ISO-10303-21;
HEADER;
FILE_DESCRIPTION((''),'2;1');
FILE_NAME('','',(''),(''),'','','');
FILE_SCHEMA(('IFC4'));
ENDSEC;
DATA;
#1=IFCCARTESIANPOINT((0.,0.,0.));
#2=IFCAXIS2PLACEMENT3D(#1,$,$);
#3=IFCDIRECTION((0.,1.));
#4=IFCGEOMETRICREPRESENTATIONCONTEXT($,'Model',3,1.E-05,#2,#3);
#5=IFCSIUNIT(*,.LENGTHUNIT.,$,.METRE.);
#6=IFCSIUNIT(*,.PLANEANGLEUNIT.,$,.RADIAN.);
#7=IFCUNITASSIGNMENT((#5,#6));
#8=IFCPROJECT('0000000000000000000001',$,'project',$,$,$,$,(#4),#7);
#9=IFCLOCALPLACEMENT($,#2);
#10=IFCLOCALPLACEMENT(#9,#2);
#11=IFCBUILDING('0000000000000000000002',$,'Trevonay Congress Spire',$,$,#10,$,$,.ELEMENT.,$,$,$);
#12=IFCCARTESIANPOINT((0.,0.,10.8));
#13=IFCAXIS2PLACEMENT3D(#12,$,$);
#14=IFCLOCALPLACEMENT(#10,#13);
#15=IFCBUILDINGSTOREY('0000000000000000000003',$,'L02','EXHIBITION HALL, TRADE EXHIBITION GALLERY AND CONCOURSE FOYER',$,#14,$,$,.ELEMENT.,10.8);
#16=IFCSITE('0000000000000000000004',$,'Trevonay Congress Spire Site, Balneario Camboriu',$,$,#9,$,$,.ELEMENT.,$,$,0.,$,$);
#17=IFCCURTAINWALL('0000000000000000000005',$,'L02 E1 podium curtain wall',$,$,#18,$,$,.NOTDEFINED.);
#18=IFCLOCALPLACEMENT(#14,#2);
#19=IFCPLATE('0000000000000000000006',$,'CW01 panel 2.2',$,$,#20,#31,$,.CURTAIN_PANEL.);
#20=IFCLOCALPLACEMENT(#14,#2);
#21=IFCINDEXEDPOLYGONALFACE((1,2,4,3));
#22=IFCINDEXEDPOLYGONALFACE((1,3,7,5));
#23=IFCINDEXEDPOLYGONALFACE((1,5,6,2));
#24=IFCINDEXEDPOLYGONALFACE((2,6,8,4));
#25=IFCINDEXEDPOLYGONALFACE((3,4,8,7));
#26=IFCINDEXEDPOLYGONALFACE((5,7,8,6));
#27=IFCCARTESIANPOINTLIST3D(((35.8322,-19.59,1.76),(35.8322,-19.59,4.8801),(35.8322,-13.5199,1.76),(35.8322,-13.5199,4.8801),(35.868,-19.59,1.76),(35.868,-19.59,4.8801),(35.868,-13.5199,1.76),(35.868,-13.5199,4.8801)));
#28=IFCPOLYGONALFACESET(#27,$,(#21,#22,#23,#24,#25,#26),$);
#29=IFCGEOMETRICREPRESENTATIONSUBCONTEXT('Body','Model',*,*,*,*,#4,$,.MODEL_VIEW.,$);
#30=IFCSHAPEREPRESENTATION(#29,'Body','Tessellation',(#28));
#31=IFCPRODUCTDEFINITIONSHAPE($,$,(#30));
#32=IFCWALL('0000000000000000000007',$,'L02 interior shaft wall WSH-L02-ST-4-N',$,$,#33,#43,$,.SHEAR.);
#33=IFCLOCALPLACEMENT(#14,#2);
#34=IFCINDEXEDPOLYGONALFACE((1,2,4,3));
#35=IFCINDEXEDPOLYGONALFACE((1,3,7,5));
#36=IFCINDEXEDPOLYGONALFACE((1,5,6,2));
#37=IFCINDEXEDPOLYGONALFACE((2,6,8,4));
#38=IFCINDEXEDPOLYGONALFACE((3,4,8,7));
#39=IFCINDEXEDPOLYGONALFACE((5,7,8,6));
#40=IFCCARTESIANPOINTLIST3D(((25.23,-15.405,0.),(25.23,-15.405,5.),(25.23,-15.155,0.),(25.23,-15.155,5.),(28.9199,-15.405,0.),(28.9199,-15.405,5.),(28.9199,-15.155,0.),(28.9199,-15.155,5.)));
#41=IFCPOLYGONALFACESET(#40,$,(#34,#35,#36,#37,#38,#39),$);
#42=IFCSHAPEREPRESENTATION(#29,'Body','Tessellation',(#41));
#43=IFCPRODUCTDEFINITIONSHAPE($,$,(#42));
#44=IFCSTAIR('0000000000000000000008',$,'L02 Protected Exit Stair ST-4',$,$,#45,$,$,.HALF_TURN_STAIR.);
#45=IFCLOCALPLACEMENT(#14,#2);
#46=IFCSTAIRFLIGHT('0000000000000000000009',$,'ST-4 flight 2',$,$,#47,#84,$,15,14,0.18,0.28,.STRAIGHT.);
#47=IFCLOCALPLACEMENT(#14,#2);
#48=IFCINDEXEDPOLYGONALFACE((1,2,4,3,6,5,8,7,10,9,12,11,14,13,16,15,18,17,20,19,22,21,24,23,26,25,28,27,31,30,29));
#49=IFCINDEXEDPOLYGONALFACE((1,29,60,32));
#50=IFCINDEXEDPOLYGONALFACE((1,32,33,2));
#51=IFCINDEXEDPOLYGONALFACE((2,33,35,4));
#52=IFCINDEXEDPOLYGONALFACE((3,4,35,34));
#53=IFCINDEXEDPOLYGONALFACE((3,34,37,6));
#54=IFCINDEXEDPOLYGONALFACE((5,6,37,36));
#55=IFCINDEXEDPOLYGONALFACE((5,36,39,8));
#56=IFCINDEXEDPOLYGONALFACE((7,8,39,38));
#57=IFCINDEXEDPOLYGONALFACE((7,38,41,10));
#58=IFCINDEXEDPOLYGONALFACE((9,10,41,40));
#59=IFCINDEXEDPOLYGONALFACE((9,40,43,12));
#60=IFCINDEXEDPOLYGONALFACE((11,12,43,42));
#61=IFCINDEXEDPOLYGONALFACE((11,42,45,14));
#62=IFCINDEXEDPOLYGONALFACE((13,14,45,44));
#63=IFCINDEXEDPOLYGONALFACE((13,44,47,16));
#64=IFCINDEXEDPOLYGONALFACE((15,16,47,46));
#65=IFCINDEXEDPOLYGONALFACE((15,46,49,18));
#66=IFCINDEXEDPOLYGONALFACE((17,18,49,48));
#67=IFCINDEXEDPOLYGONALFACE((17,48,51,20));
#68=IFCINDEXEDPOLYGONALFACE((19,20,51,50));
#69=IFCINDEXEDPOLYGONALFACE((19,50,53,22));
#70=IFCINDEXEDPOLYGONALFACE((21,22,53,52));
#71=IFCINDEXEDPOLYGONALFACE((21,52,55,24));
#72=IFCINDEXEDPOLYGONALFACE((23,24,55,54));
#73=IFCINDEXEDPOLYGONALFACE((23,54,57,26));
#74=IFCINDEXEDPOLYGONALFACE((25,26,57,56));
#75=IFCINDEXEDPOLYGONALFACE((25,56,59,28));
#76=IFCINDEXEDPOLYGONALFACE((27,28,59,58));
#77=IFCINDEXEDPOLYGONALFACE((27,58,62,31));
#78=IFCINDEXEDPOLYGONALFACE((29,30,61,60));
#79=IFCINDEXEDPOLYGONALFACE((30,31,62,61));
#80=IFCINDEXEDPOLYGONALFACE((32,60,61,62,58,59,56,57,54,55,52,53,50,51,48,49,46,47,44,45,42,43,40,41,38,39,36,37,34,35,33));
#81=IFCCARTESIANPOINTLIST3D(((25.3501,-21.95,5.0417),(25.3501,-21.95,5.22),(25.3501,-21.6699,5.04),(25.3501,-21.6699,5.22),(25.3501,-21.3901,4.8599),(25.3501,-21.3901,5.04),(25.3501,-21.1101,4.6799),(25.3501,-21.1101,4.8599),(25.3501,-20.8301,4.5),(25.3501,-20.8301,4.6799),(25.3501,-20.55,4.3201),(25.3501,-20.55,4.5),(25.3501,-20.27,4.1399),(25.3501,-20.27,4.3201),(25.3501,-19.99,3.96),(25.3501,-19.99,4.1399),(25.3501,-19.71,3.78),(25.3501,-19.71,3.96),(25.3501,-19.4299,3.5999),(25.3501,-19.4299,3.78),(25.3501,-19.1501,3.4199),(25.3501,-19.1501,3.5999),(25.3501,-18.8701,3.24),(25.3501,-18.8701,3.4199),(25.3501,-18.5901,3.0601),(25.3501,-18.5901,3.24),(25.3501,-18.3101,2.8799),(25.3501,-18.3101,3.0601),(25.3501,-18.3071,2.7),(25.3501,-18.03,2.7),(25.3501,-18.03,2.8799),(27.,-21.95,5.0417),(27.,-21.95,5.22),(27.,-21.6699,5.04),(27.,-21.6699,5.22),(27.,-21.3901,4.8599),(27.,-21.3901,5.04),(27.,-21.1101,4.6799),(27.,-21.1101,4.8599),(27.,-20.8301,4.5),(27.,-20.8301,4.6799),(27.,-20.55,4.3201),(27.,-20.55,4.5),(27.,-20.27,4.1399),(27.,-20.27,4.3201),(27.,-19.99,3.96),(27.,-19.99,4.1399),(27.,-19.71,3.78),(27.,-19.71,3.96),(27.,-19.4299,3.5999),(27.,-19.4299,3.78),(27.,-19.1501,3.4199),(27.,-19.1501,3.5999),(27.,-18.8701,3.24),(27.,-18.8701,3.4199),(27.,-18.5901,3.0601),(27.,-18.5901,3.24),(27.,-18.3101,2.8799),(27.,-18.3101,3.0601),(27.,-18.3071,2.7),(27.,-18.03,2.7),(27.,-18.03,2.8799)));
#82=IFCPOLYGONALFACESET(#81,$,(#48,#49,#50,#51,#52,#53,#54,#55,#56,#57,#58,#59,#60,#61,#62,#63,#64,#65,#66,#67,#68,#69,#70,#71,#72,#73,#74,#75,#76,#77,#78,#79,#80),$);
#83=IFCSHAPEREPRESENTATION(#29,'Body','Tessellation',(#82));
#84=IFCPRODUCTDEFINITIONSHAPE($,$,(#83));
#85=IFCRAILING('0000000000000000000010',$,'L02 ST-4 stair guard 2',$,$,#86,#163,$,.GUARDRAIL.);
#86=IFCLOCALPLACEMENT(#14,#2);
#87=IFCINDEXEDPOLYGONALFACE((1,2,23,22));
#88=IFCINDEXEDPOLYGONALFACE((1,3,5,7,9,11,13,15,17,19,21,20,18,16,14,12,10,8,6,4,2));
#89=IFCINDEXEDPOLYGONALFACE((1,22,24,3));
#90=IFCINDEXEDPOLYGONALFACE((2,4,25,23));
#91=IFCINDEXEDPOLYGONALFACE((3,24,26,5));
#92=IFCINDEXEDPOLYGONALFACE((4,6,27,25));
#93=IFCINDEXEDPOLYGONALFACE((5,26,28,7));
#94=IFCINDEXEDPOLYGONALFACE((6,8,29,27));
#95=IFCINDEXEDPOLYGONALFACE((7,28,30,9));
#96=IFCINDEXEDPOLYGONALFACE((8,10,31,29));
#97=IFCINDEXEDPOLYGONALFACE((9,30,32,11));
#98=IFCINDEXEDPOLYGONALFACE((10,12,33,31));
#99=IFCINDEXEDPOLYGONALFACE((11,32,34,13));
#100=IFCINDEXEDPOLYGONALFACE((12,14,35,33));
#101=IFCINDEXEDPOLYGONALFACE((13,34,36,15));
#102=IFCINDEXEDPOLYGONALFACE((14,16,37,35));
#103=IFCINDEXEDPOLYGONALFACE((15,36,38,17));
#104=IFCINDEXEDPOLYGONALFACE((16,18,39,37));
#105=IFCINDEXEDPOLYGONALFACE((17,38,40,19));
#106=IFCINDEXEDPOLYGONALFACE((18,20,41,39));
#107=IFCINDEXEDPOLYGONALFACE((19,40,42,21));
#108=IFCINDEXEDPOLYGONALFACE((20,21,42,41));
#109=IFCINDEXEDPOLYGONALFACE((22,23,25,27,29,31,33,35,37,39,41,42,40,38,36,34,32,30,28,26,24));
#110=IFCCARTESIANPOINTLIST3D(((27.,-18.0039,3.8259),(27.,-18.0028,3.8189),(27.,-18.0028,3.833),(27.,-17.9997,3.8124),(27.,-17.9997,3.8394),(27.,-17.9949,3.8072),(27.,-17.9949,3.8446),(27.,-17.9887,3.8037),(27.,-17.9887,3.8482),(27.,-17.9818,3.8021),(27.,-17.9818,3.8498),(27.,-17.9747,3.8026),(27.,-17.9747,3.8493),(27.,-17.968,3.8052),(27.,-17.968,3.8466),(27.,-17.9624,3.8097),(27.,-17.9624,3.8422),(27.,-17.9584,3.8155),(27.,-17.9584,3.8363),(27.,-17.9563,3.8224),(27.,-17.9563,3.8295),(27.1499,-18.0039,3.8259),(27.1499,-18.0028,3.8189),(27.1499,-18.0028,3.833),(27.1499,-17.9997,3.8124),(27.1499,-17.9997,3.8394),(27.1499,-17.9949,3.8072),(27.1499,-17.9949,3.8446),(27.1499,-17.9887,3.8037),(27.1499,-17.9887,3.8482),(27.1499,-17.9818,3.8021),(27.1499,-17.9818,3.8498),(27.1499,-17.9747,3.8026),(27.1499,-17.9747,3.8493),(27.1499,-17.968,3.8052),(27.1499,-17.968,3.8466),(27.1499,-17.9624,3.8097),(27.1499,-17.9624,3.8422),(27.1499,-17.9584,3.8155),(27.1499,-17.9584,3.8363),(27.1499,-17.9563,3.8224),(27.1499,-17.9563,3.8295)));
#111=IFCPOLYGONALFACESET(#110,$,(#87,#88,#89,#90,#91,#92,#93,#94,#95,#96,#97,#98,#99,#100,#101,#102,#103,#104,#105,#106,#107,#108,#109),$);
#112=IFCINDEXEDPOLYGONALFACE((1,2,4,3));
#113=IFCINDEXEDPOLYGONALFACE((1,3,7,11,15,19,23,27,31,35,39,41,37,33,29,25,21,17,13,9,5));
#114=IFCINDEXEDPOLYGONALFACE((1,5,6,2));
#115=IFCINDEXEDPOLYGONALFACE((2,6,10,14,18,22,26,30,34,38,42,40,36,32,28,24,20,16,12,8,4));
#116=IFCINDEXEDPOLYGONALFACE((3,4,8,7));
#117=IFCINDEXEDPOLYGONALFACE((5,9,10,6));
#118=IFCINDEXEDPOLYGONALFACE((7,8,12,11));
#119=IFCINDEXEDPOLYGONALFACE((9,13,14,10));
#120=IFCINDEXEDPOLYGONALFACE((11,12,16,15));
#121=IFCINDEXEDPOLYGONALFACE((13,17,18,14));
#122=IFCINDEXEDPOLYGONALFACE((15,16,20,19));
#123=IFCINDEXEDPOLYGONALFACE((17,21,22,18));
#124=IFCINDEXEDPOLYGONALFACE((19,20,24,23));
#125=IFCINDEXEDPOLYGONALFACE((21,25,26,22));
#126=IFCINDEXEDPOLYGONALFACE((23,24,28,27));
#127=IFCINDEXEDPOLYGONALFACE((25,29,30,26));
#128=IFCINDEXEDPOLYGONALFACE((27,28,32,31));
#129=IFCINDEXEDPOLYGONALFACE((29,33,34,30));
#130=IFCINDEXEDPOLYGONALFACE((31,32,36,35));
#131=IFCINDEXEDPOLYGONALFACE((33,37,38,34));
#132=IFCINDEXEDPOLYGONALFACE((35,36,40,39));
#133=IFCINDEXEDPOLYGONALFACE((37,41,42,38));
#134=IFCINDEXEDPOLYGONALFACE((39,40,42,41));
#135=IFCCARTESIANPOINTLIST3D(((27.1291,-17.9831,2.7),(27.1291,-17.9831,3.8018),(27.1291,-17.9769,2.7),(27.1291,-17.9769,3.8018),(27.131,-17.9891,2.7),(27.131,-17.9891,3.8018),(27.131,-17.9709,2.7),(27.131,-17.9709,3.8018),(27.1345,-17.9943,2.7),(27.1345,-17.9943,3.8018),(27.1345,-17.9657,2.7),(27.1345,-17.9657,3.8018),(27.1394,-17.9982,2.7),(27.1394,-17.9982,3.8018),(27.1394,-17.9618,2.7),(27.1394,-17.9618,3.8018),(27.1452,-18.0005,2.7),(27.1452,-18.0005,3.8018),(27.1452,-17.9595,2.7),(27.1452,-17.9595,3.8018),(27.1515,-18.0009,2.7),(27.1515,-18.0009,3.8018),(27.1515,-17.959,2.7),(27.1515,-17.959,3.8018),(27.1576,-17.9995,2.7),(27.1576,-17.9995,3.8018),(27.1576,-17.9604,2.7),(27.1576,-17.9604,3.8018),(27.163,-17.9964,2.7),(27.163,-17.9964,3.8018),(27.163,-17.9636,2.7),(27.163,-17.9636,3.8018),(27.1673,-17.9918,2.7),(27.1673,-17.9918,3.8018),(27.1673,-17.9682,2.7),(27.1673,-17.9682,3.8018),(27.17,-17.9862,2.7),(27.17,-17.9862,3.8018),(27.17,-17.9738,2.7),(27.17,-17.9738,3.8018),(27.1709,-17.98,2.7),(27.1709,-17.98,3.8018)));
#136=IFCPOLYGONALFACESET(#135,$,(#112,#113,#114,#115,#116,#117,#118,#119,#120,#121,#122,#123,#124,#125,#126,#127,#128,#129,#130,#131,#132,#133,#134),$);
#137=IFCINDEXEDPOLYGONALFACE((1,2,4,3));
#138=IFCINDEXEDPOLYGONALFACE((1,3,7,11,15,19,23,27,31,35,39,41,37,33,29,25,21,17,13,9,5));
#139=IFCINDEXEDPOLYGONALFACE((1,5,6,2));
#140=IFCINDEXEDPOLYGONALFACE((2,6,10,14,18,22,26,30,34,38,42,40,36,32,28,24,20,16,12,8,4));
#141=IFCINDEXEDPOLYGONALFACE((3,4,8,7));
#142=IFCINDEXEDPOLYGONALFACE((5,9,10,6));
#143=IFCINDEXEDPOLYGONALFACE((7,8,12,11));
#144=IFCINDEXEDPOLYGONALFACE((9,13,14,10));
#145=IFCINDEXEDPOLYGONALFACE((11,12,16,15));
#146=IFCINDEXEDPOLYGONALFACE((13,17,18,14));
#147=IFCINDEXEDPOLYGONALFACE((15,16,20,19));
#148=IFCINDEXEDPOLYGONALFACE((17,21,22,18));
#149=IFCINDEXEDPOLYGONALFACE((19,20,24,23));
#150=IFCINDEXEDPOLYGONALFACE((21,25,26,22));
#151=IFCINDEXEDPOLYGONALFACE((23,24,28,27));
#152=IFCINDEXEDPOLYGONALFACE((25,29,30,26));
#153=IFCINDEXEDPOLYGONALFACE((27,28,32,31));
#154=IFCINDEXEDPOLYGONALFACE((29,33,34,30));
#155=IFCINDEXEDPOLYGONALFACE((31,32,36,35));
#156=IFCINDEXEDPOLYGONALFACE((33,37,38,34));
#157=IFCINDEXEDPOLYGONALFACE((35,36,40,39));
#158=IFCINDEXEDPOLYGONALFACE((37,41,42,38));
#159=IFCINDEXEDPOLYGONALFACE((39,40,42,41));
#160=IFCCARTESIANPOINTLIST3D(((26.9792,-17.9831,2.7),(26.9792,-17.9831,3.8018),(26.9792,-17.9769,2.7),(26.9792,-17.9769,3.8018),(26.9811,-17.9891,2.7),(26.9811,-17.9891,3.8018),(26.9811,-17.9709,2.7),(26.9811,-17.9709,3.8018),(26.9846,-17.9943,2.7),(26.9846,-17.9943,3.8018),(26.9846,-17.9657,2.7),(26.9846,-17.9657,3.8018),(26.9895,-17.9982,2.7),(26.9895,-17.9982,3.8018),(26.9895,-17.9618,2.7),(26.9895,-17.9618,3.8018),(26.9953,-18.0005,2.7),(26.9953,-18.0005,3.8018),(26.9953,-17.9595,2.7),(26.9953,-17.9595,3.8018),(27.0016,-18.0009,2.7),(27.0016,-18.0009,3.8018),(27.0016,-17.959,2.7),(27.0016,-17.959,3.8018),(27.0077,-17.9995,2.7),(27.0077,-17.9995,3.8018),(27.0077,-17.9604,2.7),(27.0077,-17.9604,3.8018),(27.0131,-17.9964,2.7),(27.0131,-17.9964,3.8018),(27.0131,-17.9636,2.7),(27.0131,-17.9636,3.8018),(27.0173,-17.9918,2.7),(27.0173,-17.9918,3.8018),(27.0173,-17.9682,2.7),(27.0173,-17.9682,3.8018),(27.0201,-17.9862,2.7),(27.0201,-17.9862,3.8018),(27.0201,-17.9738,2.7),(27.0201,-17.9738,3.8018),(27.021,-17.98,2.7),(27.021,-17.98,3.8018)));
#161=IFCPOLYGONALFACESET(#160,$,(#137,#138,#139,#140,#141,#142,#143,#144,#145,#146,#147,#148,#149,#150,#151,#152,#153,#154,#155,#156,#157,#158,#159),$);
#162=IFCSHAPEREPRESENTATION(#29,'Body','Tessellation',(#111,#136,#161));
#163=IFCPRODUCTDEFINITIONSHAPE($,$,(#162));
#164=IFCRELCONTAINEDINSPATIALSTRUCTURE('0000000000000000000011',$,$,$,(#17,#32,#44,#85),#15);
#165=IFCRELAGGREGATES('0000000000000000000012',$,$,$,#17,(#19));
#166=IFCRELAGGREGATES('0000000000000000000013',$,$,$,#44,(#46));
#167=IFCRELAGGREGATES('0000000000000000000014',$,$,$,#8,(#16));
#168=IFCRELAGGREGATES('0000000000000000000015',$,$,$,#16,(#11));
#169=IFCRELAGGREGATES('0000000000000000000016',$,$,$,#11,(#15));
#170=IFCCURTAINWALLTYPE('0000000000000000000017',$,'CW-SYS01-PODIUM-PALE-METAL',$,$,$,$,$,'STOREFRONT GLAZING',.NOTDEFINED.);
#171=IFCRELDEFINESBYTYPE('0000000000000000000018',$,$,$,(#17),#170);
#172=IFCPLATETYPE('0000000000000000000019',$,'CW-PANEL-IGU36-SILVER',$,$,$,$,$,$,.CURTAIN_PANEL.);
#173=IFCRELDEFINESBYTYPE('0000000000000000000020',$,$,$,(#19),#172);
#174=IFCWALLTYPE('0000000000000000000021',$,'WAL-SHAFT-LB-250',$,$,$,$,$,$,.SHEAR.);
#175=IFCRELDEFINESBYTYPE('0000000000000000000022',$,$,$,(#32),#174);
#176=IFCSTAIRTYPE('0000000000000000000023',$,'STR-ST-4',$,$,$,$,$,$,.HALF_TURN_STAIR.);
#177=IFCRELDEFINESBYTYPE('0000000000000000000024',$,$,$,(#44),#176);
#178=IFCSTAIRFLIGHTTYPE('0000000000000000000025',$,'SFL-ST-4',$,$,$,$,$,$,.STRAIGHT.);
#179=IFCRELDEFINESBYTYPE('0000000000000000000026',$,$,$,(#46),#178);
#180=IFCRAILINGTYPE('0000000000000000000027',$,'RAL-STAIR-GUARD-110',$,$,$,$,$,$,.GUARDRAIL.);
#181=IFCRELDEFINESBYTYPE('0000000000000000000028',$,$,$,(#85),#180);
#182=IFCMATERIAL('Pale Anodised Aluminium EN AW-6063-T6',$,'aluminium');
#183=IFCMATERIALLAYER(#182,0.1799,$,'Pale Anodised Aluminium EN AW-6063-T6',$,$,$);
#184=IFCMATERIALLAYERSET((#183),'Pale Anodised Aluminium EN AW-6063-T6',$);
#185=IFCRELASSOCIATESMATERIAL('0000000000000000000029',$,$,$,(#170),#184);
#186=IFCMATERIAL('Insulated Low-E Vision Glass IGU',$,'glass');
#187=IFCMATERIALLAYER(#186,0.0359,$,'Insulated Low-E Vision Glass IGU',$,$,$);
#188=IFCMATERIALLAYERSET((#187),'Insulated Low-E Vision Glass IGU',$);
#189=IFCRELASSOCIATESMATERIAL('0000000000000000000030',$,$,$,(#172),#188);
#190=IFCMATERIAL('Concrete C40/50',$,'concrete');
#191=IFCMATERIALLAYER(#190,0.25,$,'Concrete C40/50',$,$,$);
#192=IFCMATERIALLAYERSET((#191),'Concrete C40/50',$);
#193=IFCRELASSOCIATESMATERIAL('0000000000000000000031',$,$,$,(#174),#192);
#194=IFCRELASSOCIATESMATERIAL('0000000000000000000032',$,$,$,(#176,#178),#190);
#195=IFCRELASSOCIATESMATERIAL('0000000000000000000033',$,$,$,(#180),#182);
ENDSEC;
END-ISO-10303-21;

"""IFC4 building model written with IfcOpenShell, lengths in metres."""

from ifc_helpers import new_model, si_unit, direction, frame, frame_2d, origin, origin_2d, place, context, subcontext, project, spatial, polyline, rectangle, circle, outline, extrude, material, layer, layer_set, type_object, element, aggregate, save


model = new_model("IFC4")

# Units and contexts
model_context = context("Model", 3, precision=1e-05, world=origin(), true_north=direction((0.0, 1.0)))
body_context = subcontext(model_context, "Body", "Model", "MODEL_VIEW")
ifc_project = project(units=[si_unit("LENGTHUNIT", "METRE"), si_unit("PLANEANGLEUNIT", "RADIAN")], contexts=[model_context])

# Site, building, storey
site_placement = place(None, origin())
site = spatial("IfcSite", under=ifc_project, at=site_placement, Name="Trevonay Congress Spire Site, Balneario Camboriu", CompositionType="ELEMENT", RefElevation=0.0)
building_placement = place(site_placement, origin())
building = spatial("IfcBuilding", under=site, at=building_placement, Name="Trevonay Congress Spire", CompositionType="ELEMENT")
storey_placement = place(building_placement, frame((0.0, 0.0, 10.8)))
storey = spatial("IfcBuildingStorey", under=building, at=storey_placement, Name="L02", Description="EXHIBITION HALL, TRADE EXHIBITION GALLERY AND CONCOURSE FOYER", CompositionType="ELEMENT", Elevation=10.8)

# Curtain wall, plate
ifc_material_1 = material(Name="Pale Anodised Aluminium EN AW-6063-T6", Category="aluminium")
ifc_layer_1 = layer(ifc_material_1, 0.1799, Name="Pale Anodised Aluminium EN AW-6063-T6")
ifc_layer_set_1 = layer_set([ifc_layer_1], Name="Pale Anodised Aluminium EN AW-6063-T6")
curtain_wall_type = type_object("IfcCurtainWallType", Name="CW-SYS01-PODIUM-PALE-METAL", ElementType="STOREFRONT GLAZING", PredefinedType="NOTDEFINED", material=ifc_layer_set_1)
curtain_wall_placement = place(storey_placement, origin())
curtain_wall = element("IfcCurtainWall", 1, at=curtain_wall_placement, inside=storey, type_object=curtain_wall_type, Name="L02 E1 podium curtain wall", PredefinedType="NOTDEFINED")
ifc_material_2 = material(Name="Insulated Low-E Vision Glass IGU", Category="glass")
ifc_layer_2 = layer(ifc_material_2, 0.0359, Name="Insulated Low-E Vision Glass IGU")
ifc_layer_set_2 = layer_set([ifc_layer_2], Name="Insulated Low-E Vision Glass IGU")
plate_type = type_object("IfcPlateType", Name="CW-PANEL-IGU36-SILVER", PredefinedType="CURTAIN_PANEL", material=ifc_layer_set_2)
plate_1_placement = place(storey_placement, frame((35.8501, -16.5549, 1.76), z_axis=(0.0, 0.0, 1.0), x_axis=(0.0, 1.0, 0.0)))
plate_1 = element("IfcPlate", 2, at=plate_1_placement, type_object=plate_type, Name="CW01 panel 2.2", PredefinedType="CURTAIN_PANEL", context=body_context, shape_type="SweptSolid", body=[
    extrude(rectangle(XDim=6.0701, YDim=0.0359, at=origin_2d()), origin(), (0.0, 0.0, 1.0), 3.1201),
])
aggregate(curtain_wall, [plate_1])

# Wall
ifc_material_3 = material(Name="Concrete C40/50", Category="concrete")
ifc_layer_3 = layer(ifc_material_3, 0.25, Name="Concrete C40/50")
ifc_layer_set_3 = layer_set([ifc_layer_3], Name="Concrete C40/50")
wall_type = type_object("IfcWallType", Name="WAL-SHAFT-LB-250", PredefinedType="SHEAR", material=ifc_layer_set_3)
wall_placement = place(storey_placement, frame((25.23, -15.28, 0.0), z_axis=(0.0, 0.0, 1.0), x_axis=(1.0, 0.0, 0.0)))
element("IfcWall", 3, at=wall_placement, inside=storey, type_object=wall_type, Name="L02 interior shaft wall WSH-L02-ST-4-N", PredefinedType="SHEAR", context=body_context, shape_type="SweptSolid", body=[
    extrude(rectangle(XDim=3.6899, YDim=0.25, at=frame_2d((1.845, 0.0))), origin(), (0.0, 0.0, 1.0), 5.0),
])

# Stair, stair flight
stair_type = type_object("IfcStairType", Name="STR-ST-4", PredefinedType="HALF_TURN_STAIR", material=ifc_material_3)
stair_placement = place(storey_placement, origin())
stair = element("IfcStair", 4, at=stair_placement, inside=storey, type_object=stair_type, Name="L02 Protected Exit Stair ST-4", PredefinedType="HALF_TURN_STAIR")
stair_flight_type = type_object("IfcStairFlightType", Name="SFL-ST-4", PredefinedType="STRAIGHT", material=ifc_material_3)
stair_flight_placement = place(storey_placement, frame((26.175, -18.03, 2.7), z_axis=(0.0, 0.0, 1.0), x_axis=(0.0, -1.0, 0.0)))
stair_flight = element("IfcStairFlight", 5, at=stair_flight_placement, type_object=stair_flight_type, Name="ST-4 flight 2", NumberOfRisers=15, NumberOfTreads=14, PredefinedType="STRAIGHT", RiserHeight=0.18, TreadLength=0.28, context=body_context, shape_type="SweptSolid", body=[
    extrude(outline(polyline([(0.0, 0.0), (0.0, 0.1799), (0.28, 0.1799), (0.28, 0.3601), (0.5601, 0.3601), (0.5601, 0.54), (0.8401, 0.54), (0.8401, 0.72), (1.1201, 0.72), (1.1201, 0.8999), (1.3999, 0.8999), (1.3999, 1.0801), (1.6799, 1.0801), (1.6799, 1.26), (1.96, 1.26), (1.96, 1.4399), (2.24, 1.4399), (2.24, 1.6201), (2.52, 1.6201), (2.52, 1.8), (2.8, 1.8), (2.8, 1.98), (3.0801, 1.98), (3.0801, 2.1599), (3.3601, 2.1599), (3.3601, 2.3401), (3.6399, 2.3401), (3.6399, 2.52), (3.9199, 2.52), (3.9199, 2.7), (3.9199, 2.3418), (0.2771, 0.0), (0.0, 0.0)])), frame((0.0, 0.825, 0.0), z_axis=(0.0, -1.0, 0.0), x_axis=(1.0, 0.0, 0.0)), (0.0, 0.0, 1.0), 1.6499),
])
aggregate(stair, [stair_flight])

# Railing
railing_type_1 = type_object("IfcRailingType", Name="RAL-STAIR-GUARD-110", PredefinedType="GUARDRAIL", material=ifc_material_1)
railing_1_placement = place(storey_placement, frame((27.1499, -17.98, 2.7)))
element("IfcRailing", 6, at=railing_1_placement, inside=storey, type_object=railing_type_1, Name="L02 ST-4 stair guard 2", PredefinedType="GUARDRAIL", context=body_context, shape_type="SweptSolid", body=[
    extrude(circle(Radius=0.0239, at=origin_2d()), frame((0.0, 0.0, 1.126), z_axis=(-1.0, 0.0, 0.0), x_axis=(0.0, -1.0, 0.0)), (0.0, 0.0, 1.0), 0.1499),
    extrude(circle(Radius=0.021, at=origin_2d()), origin(), (0.0, 0.0, 1.0), 1.1018),
    extrude(circle(Radius=0.021, at=origin_2d()), frame((-0.1499, 0.0, 0.0)), (0.0, 0.0, 1.0), 1.1018),
])

save(model, "model.ifc")
